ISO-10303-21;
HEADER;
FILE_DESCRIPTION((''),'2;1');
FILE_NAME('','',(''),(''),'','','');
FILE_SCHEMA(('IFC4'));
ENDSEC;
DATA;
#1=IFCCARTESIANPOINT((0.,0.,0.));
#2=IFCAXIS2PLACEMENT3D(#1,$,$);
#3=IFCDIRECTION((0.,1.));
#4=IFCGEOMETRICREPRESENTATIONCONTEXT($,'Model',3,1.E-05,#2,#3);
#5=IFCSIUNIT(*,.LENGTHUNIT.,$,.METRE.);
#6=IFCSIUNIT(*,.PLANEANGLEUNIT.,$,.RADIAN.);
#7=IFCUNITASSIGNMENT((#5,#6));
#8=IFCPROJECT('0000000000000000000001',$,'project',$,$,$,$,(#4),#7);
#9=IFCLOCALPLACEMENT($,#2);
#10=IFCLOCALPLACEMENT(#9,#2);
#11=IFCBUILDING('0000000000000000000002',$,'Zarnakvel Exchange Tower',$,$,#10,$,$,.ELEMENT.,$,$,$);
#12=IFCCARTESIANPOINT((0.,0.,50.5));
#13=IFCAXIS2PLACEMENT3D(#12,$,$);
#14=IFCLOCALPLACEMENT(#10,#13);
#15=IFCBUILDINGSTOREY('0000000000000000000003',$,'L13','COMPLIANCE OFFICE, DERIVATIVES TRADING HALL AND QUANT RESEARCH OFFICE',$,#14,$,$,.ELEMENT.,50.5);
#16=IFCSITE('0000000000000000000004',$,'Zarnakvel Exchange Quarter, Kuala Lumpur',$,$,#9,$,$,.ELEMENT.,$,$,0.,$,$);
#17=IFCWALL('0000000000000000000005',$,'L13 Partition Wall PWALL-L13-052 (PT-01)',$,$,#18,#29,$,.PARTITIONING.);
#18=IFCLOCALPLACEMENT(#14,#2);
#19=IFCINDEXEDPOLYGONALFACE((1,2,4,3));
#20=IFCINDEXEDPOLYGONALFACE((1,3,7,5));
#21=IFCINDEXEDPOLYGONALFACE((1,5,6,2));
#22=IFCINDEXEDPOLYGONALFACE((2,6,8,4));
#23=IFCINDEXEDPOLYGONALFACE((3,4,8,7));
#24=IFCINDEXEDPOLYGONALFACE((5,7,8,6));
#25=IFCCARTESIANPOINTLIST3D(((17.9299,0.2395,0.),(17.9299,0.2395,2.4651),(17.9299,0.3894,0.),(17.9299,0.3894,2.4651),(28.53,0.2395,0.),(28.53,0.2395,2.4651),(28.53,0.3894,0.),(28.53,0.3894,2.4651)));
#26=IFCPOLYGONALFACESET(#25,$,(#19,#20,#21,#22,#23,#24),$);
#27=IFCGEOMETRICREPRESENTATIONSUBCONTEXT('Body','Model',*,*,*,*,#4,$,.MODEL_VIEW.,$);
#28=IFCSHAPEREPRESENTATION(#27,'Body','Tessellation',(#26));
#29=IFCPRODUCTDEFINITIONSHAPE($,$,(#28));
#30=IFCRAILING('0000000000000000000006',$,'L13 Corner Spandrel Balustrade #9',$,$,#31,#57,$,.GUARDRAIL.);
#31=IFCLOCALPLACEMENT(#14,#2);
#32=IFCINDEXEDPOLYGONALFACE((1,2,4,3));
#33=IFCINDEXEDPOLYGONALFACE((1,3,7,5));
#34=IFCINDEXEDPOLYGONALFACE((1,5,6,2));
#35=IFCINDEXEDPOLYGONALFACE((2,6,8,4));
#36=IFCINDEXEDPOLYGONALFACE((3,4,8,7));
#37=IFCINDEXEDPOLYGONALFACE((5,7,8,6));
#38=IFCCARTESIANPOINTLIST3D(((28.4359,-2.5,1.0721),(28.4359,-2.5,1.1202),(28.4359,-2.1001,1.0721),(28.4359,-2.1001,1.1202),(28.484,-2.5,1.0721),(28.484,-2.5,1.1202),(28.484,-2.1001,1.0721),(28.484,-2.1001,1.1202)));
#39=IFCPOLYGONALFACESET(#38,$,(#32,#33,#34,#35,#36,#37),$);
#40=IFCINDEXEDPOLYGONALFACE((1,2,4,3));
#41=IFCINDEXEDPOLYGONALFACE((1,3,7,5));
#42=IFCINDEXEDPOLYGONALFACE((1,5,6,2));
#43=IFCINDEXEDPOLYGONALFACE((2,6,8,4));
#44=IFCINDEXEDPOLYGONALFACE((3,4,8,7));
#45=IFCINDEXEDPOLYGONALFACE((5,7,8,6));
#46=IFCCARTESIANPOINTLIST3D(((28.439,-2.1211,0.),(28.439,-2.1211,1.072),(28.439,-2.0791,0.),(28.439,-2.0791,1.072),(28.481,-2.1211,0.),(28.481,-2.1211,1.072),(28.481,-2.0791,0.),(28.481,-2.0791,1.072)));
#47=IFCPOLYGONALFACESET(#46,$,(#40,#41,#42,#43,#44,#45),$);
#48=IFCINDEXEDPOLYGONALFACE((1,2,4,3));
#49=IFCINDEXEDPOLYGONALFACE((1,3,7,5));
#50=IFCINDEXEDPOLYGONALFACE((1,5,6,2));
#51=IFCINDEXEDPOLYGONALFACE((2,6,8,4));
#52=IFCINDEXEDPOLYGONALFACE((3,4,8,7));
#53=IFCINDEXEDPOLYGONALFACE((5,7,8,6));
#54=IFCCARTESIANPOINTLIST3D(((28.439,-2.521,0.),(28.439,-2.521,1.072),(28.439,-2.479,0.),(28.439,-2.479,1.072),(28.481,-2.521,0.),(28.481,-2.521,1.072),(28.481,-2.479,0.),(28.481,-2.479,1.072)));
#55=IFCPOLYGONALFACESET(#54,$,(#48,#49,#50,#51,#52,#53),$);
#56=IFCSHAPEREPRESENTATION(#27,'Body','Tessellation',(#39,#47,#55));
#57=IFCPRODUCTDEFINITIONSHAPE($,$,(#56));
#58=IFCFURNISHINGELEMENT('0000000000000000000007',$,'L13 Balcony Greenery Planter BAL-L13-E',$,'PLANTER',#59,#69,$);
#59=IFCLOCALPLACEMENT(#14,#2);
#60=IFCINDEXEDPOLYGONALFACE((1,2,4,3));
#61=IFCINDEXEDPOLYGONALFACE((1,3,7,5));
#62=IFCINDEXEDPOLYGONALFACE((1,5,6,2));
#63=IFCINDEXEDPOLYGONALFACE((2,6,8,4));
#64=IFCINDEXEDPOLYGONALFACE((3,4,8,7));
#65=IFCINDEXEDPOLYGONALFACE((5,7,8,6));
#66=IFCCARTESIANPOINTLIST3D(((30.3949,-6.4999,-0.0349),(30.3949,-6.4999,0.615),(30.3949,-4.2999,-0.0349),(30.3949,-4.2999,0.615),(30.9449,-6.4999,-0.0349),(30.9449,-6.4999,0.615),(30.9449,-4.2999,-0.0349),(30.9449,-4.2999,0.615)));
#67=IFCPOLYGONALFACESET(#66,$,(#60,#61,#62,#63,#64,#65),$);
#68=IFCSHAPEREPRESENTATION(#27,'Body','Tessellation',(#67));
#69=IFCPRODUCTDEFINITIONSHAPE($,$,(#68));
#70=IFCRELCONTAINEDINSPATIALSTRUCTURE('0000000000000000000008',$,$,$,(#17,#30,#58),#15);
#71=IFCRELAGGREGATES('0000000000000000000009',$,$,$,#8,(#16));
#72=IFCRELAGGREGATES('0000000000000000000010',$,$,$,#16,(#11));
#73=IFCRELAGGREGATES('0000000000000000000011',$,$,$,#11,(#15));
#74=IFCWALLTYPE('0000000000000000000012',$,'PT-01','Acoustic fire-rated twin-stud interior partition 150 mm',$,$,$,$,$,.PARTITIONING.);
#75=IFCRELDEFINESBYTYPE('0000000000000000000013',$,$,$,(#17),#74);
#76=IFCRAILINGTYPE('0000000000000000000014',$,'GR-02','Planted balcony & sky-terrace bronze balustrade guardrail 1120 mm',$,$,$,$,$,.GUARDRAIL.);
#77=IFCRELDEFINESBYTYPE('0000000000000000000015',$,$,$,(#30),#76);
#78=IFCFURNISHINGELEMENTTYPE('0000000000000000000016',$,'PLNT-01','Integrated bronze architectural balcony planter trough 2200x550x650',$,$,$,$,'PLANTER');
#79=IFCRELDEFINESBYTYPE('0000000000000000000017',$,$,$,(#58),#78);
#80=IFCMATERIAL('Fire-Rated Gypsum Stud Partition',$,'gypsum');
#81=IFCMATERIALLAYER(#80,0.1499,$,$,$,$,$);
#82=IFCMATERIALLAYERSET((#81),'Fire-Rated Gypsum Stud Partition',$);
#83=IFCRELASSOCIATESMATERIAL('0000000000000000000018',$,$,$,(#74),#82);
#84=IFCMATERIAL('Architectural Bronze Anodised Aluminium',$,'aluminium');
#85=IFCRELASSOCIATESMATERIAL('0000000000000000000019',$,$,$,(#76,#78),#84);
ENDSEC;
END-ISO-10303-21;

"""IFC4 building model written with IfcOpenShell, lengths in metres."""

from ifc_helpers import new_model, si_unit, direction, frame, frame_2d, origin, origin_2d, place, context, subcontext, project, spatial, rectangle, extrude, source, transform, mapped, material, layer, layer_set, type_object, element, save


model = new_model("IFC4")

# Units and contexts
model_context = context("Model", 3, precision=1e-05, world=origin(), true_north=direction((0.0, 1.0)))
body_context = subcontext(model_context, "Body", "Model", "MODEL_VIEW")
ifc_project = project(units=[si_unit("LENGTHUNIT", "METRE"), si_unit("PLANEANGLEUNIT", "RADIAN")], contexts=[model_context])

# Site, building, storey
site_placement = place(None, origin())
site = spatial("IfcSite", under=ifc_project, at=site_placement, Name="Zarnakvel Exchange Quarter, Kuala Lumpur", CompositionType="ELEMENT", RefElevation=0.0)
building_placement = place(site_placement, origin())
building = spatial("IfcBuilding", under=site, at=building_placement, Name="Zarnakvel Exchange Tower", CompositionType="ELEMENT")
storey_placement = place(building_placement, frame((0.0, 0.0, 50.5)))
storey = spatial("IfcBuildingStorey", under=building, at=storey_placement, Name="L13", Description="COMPLIANCE OFFICE, DERIVATIVES TRADING HALL AND QUANT RESEARCH OFFICE", CompositionType="ELEMENT", Elevation=50.5)

# Shared definitions
ifc_material_1 = material(Name="Architectural Bronze Anodised Aluminium", Category="aluminium")

# Shared definitions
ifc_material_2 = material(Name="Fire-Rated Gypsum Stud Partition", Category="gypsum")
ifc_layer_1 = layer(ifc_material_2, 0.1499)
ifc_layer_set_1 = layer_set([ifc_layer_1], Name="Fire-Rated Gypsum Stud Partition")
wall_type_1 = type_object("IfcWallType", Name="PT-01", Description="Acoustic fire-rated twin-stud interior partition 150 mm", PredefinedType="PARTITIONING", material=ifc_layer_set_1)

# Wall
wall_1_placement = place(storey_placement, frame((28.53, 0.3145, 0.0), z_axis=(0.0, 0.0, 1.0), x_axis=(-1.0, 0.0, 0.0)))
element("IfcWall", 1, at=wall_1_placement, inside=storey, type_object=wall_type_1, Name="L13 Partition Wall PWALL-L13-052 (PT-01)", PredefinedType="PARTITIONING", context=body_context, shape_type="SweptSolid", body=[
    extrude(rectangle(XDim=10.6001, YDim=0.1499, at=frame_2d((5.3, 0.0))), origin(), (0.0, 0.0, 1.0), 2.4651),
])

# Railing
railing_type = type_object("IfcRailingType", Name="GR-02", Description="Planted balcony & sky-terrace bronze balustrade guardrail 1120 mm", PredefinedType="GUARDRAIL", material=ifc_material_1)
railing_placement = place(storey_placement, frame((28.46, -2.1001, 0.0)))
element("IfcRailing", 2, at=railing_placement, inside=storey, type_object=railing_type, Name="L13 Corner Spandrel Balustrade #9", PredefinedType="GUARDRAIL", context=body_context, shape_type="SweptSolid", body=[
    extrude(rectangle(XDim=0.0481, YDim=0.0481, at=origin_2d()), frame((0.0, 0.0, 1.0962), z_axis=(0.0, -1.0, 0.0), x_axis=(1.0, 0.0, 0.0)), (0.0, 0.0, 1.0), 0.3999),
    extrude(rectangle(XDim=0.042, YDim=0.042, at=origin_2d()), origin(), (0.0, 0.0, 1.0), 1.072),
    extrude(rectangle(XDim=0.042, YDim=0.042, at=origin_2d()), frame((0.0, -0.3999, 0.0)), (0.0, 0.0, 1.0), 1.072),
])

# Furnishing element
furnishing_element_type = type_object("IfcFurnishingElementType", Name="PLNT-01", Description="Integrated bronze architectural balcony planter trough 2200x550x650", ElementType="PLANTER", material=ifc_material_1)
shared_shape_1 = source(origin(), body_context, "Body", "SweptSolid", [
    extrude(rectangle(XDim=2.2, YDim=0.55, at=origin_2d()), origin(), (0.0, 0.0, 1.0), 0.6499),
])
furnishing_placement = place(storey_placement, frame((30.6699, -5.3999, -0.0349), z_axis=(0.0, 0.0, 1.0), x_axis=(0.0, 1.0, 0.0)))
element("IfcFurnishingElement", 3, at=furnishing_placement, inside=storey, type_object=furnishing_element_type, Name="L13 Balcony Greenery Planter BAL-L13-E", ObjectType="PLANTER", context=body_context, shape_type="MappedRepresentation", body=[
    mapped(shared_shape_1, transform((0.0, 0.0, 0.0), x_axis=(1.0, 0.0, 0.0), y_axis=(0.0, 1.0, 0.0), z_axis=(0.0, 0.0, 1.0), scale=1.0)),
])

save(model, "model.ifc")
